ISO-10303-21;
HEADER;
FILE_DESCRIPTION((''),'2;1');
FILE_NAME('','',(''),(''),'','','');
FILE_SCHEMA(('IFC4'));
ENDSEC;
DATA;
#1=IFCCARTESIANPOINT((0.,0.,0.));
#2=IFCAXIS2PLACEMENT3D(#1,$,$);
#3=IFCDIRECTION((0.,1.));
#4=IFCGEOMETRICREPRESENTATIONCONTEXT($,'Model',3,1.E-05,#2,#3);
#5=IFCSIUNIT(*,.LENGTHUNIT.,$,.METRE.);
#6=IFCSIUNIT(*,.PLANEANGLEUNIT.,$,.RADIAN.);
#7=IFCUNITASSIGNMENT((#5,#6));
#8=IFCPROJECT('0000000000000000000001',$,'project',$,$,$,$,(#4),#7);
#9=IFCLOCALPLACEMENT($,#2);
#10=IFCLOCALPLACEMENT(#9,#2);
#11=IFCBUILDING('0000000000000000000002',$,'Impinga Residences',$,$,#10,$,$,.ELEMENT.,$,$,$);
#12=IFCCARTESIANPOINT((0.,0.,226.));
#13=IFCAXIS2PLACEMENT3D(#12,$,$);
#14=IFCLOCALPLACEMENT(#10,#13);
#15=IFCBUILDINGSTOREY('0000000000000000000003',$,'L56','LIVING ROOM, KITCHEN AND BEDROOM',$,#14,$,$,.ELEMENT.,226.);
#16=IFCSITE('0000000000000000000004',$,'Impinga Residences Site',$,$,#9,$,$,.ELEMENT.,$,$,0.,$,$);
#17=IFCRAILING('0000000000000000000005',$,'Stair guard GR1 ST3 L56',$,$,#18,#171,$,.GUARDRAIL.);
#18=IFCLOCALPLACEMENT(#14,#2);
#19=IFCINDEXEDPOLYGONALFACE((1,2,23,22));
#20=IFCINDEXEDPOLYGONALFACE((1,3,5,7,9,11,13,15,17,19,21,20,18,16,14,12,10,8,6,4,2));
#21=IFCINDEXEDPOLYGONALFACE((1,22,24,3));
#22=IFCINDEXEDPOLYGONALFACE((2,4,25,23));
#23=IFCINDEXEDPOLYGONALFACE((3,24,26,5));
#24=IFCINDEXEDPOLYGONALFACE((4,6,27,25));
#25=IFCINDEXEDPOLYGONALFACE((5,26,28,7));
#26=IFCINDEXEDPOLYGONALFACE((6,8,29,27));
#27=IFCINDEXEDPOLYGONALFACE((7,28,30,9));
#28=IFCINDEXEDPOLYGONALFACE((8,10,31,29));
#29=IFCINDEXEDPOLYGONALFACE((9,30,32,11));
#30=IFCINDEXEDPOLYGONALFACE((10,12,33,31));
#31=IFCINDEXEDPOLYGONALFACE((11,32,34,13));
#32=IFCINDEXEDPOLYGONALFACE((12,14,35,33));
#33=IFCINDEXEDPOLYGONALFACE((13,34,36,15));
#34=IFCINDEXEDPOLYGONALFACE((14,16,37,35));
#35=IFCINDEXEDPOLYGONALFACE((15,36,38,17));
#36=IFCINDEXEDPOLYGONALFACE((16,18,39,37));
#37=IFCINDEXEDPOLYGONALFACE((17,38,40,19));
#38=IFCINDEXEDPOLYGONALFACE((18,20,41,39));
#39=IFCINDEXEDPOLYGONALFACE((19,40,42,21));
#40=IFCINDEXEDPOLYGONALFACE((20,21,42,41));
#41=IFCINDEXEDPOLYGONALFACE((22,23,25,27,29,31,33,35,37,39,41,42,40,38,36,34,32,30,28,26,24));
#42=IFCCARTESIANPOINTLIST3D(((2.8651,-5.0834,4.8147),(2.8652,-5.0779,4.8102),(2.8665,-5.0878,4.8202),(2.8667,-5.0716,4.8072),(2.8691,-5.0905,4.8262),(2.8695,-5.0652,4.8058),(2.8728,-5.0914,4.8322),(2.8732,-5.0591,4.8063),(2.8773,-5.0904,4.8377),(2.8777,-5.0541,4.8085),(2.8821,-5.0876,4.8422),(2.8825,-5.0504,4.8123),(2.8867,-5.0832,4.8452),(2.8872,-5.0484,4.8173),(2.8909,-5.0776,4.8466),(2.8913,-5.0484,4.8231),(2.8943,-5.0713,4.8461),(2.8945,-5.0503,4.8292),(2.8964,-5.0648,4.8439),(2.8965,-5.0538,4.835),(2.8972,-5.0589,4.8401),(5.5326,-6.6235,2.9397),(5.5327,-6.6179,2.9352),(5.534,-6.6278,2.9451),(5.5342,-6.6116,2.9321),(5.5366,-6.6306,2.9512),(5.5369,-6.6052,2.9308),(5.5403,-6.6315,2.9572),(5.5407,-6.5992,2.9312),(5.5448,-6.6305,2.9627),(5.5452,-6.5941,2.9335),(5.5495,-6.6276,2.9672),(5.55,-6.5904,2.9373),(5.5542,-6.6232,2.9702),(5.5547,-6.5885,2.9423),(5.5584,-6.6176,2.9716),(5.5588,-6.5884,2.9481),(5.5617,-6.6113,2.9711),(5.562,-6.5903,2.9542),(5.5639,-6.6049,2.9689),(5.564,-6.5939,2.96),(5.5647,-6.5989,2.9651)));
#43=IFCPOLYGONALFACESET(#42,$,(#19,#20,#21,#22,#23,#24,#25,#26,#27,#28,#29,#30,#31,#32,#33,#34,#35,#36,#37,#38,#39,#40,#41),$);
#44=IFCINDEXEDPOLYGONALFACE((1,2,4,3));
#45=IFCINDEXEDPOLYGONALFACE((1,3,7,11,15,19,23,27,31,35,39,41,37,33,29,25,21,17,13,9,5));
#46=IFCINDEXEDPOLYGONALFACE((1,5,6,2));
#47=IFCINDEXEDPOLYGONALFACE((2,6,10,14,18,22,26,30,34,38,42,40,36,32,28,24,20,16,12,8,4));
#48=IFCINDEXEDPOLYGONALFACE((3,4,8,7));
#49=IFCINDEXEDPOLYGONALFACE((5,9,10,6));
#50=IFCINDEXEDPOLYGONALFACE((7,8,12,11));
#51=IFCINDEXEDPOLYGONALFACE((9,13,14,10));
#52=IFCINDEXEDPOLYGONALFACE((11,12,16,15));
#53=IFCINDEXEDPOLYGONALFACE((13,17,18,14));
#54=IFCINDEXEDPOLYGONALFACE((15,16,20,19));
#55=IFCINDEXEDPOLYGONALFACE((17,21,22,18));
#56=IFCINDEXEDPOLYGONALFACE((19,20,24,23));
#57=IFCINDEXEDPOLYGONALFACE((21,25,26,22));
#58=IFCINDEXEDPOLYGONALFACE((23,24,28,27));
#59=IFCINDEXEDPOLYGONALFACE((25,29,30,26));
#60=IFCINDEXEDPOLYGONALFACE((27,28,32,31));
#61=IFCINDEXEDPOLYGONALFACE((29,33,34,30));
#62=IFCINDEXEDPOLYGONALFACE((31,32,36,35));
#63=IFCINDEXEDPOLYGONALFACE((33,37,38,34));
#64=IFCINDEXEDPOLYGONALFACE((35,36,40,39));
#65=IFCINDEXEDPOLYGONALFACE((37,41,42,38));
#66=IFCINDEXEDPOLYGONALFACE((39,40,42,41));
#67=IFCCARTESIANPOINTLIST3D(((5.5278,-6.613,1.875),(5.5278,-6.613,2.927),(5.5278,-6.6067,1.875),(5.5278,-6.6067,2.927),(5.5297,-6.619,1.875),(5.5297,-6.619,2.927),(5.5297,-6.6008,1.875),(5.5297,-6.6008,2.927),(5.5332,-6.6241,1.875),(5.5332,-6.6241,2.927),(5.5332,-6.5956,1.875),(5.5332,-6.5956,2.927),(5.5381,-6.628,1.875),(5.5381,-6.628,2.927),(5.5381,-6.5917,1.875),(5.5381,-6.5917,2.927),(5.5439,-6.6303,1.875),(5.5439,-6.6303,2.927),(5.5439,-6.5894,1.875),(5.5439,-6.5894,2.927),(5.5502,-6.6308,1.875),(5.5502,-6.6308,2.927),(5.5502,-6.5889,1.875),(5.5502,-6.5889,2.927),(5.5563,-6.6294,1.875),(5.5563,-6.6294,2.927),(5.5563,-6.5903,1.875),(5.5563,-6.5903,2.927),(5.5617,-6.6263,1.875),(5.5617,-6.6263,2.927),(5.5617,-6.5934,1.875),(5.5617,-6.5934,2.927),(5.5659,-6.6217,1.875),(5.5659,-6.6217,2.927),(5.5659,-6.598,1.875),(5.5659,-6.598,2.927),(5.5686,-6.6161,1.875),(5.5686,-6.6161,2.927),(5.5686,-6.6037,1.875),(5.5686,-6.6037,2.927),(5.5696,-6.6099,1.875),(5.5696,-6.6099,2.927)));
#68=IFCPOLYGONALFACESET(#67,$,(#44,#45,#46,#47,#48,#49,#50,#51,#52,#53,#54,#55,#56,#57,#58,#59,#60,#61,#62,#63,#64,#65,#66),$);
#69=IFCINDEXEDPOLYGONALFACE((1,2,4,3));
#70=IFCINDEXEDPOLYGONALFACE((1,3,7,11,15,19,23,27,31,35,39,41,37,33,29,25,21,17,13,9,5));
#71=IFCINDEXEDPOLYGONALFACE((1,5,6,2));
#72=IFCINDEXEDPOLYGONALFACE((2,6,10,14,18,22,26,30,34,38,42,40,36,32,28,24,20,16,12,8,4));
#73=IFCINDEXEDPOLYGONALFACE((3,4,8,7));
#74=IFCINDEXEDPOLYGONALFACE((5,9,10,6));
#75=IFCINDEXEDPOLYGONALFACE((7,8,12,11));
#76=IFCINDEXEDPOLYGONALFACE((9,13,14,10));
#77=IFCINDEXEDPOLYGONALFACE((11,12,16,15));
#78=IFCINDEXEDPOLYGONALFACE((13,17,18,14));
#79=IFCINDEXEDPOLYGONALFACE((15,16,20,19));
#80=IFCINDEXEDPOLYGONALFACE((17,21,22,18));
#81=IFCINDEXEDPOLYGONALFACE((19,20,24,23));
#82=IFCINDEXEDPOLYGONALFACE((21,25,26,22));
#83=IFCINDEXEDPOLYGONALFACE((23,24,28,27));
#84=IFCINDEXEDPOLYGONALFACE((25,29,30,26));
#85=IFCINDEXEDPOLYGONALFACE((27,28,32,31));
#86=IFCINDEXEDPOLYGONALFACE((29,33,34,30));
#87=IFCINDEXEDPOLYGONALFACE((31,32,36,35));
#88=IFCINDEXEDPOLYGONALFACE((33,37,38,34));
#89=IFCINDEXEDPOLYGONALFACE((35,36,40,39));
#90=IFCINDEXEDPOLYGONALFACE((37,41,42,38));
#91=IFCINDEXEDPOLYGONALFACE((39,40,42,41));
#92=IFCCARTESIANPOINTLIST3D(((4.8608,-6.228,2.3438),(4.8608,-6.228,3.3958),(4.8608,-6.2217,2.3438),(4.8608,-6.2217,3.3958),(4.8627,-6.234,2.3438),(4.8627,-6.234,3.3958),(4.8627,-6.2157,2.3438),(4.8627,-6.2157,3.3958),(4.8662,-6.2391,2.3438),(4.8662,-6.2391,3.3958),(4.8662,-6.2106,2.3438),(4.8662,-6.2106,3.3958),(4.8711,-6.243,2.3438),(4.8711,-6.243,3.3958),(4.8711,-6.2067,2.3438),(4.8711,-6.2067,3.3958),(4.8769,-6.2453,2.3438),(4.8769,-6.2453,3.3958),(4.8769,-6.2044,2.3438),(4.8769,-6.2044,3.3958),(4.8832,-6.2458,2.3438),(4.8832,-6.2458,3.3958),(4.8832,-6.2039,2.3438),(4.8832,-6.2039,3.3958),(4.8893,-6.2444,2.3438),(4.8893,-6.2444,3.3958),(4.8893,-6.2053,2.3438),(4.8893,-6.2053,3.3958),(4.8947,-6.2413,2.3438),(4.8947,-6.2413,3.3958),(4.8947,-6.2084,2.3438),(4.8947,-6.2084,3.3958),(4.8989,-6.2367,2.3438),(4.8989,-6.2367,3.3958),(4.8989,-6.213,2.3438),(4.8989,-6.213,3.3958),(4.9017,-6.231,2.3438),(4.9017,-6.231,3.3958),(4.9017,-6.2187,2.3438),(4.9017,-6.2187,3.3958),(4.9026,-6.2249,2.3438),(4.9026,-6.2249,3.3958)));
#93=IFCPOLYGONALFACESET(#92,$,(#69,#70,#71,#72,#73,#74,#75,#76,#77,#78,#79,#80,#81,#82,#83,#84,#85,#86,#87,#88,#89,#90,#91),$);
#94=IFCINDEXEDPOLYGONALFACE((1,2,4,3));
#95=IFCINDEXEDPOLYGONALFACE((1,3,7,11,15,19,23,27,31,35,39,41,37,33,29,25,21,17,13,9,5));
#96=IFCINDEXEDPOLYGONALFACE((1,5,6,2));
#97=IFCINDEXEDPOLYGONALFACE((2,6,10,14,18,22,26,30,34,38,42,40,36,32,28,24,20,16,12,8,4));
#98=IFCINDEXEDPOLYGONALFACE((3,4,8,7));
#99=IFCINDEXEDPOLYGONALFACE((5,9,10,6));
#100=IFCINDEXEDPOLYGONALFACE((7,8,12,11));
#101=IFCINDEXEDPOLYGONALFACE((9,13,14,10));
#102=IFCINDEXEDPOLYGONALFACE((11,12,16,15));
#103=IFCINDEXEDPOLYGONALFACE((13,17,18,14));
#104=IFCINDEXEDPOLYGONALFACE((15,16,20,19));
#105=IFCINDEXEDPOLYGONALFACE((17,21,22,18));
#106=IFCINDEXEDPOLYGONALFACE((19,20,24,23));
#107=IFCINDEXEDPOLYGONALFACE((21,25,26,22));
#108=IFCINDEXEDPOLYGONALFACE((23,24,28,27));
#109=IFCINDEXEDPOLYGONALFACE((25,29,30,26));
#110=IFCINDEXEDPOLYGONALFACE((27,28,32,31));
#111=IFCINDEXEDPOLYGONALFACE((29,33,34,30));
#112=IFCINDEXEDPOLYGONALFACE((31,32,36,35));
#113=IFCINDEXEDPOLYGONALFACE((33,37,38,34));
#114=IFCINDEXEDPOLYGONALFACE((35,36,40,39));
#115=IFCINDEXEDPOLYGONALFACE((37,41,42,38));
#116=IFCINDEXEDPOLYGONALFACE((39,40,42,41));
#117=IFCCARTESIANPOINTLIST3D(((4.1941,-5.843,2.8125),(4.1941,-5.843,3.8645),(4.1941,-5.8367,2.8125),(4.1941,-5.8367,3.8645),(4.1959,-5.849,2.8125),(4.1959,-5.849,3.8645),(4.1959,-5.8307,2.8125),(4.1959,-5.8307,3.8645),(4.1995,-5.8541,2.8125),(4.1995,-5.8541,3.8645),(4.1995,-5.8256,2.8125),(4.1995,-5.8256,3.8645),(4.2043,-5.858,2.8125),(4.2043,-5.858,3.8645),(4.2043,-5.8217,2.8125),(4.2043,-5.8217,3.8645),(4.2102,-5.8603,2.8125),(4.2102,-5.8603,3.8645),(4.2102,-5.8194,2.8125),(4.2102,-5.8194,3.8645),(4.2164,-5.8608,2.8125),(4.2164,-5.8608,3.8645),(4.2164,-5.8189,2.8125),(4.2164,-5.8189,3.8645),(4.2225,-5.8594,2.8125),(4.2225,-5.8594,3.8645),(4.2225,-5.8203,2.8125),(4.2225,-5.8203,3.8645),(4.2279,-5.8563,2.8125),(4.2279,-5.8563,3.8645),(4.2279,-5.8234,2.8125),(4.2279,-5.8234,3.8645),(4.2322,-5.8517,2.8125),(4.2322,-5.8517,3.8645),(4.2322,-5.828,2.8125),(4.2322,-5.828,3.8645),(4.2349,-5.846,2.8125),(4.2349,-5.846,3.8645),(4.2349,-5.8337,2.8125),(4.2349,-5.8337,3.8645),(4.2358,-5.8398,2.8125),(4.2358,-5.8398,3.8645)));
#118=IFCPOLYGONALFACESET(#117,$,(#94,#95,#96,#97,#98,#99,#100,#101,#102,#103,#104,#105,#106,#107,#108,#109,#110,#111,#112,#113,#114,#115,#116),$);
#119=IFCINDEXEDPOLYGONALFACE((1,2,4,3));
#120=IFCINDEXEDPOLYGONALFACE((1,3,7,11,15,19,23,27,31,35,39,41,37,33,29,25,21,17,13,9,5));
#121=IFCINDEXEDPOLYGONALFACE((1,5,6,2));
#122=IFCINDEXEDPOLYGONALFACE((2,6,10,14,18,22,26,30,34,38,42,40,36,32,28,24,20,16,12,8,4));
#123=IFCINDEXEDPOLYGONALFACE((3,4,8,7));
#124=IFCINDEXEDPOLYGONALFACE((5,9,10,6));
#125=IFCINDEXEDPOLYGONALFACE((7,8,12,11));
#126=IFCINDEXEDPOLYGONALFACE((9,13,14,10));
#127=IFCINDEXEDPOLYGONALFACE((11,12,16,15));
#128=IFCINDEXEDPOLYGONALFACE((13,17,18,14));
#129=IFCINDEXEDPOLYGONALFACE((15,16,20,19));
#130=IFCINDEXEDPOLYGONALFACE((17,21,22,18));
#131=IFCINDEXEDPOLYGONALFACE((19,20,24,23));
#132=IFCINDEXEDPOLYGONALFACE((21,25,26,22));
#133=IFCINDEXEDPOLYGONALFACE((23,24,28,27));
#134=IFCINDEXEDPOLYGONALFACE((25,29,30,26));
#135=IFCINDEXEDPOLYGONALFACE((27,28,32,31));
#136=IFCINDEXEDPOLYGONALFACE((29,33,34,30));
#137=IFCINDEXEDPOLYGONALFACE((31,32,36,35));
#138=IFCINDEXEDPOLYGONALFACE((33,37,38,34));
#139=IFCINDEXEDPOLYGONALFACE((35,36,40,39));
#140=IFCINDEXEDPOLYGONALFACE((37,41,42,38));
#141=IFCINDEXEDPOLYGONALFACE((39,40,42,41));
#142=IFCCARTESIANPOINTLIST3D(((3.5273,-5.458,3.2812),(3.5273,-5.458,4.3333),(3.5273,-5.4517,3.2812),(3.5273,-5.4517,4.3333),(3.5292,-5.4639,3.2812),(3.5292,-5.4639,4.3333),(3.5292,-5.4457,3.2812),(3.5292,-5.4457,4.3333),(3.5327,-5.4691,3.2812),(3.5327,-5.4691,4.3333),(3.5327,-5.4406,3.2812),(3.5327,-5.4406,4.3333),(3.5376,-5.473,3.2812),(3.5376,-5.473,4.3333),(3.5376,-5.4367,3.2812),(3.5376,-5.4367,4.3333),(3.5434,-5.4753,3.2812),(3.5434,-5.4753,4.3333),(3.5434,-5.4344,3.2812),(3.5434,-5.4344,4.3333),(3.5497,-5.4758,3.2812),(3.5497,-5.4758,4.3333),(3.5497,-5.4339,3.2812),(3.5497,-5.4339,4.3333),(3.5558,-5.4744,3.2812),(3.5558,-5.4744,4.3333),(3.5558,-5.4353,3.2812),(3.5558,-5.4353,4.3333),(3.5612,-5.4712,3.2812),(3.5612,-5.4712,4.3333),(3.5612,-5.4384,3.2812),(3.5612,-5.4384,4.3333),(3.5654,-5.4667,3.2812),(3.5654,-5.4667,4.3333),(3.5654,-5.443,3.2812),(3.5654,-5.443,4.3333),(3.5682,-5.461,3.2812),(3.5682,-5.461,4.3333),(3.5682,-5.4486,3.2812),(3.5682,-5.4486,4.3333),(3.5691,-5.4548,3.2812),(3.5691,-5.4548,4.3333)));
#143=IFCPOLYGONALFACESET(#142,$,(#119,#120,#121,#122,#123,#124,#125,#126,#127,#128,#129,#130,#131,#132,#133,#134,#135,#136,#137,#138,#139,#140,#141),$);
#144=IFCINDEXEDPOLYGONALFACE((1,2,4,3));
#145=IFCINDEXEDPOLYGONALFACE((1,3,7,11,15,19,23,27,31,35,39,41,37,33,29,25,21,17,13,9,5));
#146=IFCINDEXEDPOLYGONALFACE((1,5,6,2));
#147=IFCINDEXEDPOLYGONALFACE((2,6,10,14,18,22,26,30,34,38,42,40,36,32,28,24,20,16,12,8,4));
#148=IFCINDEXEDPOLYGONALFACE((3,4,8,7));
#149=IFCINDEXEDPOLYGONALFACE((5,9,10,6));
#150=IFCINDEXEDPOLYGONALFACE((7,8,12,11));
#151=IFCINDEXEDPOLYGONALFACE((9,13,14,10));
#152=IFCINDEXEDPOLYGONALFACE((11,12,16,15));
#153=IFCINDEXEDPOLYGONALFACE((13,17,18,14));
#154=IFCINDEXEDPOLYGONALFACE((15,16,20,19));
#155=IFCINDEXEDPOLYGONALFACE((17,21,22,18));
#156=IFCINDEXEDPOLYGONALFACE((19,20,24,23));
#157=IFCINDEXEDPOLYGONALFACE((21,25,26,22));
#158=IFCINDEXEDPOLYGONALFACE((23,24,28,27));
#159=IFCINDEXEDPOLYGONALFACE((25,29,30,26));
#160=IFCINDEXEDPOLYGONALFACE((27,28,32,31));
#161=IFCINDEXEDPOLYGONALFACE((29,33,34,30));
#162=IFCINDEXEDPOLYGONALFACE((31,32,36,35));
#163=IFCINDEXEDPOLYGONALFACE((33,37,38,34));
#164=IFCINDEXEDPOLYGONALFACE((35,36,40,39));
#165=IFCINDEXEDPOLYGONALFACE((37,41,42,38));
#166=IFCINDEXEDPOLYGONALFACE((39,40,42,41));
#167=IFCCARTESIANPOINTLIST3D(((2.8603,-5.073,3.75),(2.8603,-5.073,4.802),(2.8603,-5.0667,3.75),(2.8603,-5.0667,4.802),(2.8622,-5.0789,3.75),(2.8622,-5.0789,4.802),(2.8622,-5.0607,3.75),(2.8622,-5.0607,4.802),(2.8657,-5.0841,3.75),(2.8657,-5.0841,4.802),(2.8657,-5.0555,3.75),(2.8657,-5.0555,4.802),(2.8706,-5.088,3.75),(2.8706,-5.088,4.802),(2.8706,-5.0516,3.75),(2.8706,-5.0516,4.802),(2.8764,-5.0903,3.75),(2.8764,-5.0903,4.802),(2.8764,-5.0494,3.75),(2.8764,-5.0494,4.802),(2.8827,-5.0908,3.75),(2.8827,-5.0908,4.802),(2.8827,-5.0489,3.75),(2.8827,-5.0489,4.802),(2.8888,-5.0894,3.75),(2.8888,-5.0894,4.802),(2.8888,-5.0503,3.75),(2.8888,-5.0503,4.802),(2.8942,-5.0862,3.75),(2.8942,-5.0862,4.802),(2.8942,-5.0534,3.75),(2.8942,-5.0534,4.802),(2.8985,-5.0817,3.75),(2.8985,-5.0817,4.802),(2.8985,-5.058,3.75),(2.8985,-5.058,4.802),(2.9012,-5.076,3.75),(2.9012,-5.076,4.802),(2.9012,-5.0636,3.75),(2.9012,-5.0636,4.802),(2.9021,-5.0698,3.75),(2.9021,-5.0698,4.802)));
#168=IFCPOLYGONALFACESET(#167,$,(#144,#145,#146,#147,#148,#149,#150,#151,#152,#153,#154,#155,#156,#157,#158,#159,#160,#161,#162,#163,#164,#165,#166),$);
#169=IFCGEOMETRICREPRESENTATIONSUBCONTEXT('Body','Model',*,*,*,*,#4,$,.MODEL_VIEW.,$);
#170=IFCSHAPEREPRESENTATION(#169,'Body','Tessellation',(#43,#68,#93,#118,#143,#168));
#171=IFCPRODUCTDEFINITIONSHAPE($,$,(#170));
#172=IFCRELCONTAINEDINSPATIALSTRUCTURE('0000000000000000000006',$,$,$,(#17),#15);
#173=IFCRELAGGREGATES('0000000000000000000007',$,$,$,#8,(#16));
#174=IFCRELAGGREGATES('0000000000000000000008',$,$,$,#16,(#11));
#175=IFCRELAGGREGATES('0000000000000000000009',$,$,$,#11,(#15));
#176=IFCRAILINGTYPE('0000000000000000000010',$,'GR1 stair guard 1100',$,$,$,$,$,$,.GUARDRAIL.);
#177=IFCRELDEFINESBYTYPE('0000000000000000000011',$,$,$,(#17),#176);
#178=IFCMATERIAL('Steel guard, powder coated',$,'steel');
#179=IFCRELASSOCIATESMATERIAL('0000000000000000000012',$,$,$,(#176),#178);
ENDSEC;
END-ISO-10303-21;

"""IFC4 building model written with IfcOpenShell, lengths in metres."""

from ifc_helpers import new_model, si_unit, direction, frame, origin, origin_2d, place, context, subcontext, project, spatial, circle, extrude, material, type_object, element, save


model = new_model("IFC4")

# Units and contexts
model_context = context("Model", 3, precision=1e-05, world=origin(), true_north=direction((0.0, 1.0)))
body_context = subcontext(model_context, "Body", "Model", "MODEL_VIEW")
ifc_project = project(units=[si_unit("LENGTHUNIT", "METRE"), si_unit("PLANEANGLEUNIT", "RADIAN")], contexts=[model_context])

# Site, building, storey
site_placement = place(None, origin())
site = spatial("IfcSite", under=ifc_project, at=site_placement, Name="Impinga Residences Site", CompositionType="ELEMENT", RefElevation=0.0)
building_placement = place(site_placement, origin())
building = spatial("IfcBuilding", under=site, at=building_placement, Name="Impinga Residences", CompositionType="ELEMENT")
storey_placement = place(building_placement, frame((0.0, 0.0, 226.0)))
storey = spatial("IfcBuildingStorey", under=building, at=storey_placement, Name="L56", Description="LIVING ROOM, KITCHEN AND BEDROOM", CompositionType="ELEMENT", Elevation=226.0)

# Railing
ifc_material_1 = material(Name="Steel guard, powder coated", Category="steel")
railing_type_1 = type_object("IfcRailingType", Name="GR1 stair guard 1100", PredefinedType="GUARDRAIL", material=ifc_material_1)
railing_1_placement = place(storey_placement, frame((5.5486, -6.6099, 1.875)))
element("IfcRailing", 1, at=railing_1_placement, inside=storey, type_object=railing_type_1, Name="Stair guard GR1 ST3 L56", PredefinedType="GUARDRAIL", context=body_context, shape_type="SweptSolid", body=[
    extrude(circle(Radius=0.0239, at=origin_2d()), frame((0.0, 0.0, 1.0762), z_axis=(-0.739746, 0.427084, 0.519975), x_axis=(-0.499992, -0.86603, 0.0)), (0.0, 0.0, 1.0), 3.606),
    extrude(circle(Radius=0.021, at=origin_2d()), origin(), (0.0, 0.0, 1.0), 1.052),
    extrude(circle(Radius=0.021, at=origin_2d()), frame((-0.667, 0.385, 0.4688)), (0.0, 0.0, 1.0), 1.052),
    extrude(circle(Radius=0.021, at=origin_2d()), frame((-1.3337, 0.77, 0.9375)), (0.0, 0.0, 1.0), 1.052),
    extrude(circle(Radius=0.021, at=origin_2d()), frame((-2.0005, 1.155, 1.4062)), (0.0, 0.0, 1.0), 1.052),
    extrude(circle(Radius=0.021, at=origin_2d()), frame((-2.6675, 1.54, 1.875)), (0.0, 0.0, 1.0), 1.052),
])

save(model, "model.ifc")
